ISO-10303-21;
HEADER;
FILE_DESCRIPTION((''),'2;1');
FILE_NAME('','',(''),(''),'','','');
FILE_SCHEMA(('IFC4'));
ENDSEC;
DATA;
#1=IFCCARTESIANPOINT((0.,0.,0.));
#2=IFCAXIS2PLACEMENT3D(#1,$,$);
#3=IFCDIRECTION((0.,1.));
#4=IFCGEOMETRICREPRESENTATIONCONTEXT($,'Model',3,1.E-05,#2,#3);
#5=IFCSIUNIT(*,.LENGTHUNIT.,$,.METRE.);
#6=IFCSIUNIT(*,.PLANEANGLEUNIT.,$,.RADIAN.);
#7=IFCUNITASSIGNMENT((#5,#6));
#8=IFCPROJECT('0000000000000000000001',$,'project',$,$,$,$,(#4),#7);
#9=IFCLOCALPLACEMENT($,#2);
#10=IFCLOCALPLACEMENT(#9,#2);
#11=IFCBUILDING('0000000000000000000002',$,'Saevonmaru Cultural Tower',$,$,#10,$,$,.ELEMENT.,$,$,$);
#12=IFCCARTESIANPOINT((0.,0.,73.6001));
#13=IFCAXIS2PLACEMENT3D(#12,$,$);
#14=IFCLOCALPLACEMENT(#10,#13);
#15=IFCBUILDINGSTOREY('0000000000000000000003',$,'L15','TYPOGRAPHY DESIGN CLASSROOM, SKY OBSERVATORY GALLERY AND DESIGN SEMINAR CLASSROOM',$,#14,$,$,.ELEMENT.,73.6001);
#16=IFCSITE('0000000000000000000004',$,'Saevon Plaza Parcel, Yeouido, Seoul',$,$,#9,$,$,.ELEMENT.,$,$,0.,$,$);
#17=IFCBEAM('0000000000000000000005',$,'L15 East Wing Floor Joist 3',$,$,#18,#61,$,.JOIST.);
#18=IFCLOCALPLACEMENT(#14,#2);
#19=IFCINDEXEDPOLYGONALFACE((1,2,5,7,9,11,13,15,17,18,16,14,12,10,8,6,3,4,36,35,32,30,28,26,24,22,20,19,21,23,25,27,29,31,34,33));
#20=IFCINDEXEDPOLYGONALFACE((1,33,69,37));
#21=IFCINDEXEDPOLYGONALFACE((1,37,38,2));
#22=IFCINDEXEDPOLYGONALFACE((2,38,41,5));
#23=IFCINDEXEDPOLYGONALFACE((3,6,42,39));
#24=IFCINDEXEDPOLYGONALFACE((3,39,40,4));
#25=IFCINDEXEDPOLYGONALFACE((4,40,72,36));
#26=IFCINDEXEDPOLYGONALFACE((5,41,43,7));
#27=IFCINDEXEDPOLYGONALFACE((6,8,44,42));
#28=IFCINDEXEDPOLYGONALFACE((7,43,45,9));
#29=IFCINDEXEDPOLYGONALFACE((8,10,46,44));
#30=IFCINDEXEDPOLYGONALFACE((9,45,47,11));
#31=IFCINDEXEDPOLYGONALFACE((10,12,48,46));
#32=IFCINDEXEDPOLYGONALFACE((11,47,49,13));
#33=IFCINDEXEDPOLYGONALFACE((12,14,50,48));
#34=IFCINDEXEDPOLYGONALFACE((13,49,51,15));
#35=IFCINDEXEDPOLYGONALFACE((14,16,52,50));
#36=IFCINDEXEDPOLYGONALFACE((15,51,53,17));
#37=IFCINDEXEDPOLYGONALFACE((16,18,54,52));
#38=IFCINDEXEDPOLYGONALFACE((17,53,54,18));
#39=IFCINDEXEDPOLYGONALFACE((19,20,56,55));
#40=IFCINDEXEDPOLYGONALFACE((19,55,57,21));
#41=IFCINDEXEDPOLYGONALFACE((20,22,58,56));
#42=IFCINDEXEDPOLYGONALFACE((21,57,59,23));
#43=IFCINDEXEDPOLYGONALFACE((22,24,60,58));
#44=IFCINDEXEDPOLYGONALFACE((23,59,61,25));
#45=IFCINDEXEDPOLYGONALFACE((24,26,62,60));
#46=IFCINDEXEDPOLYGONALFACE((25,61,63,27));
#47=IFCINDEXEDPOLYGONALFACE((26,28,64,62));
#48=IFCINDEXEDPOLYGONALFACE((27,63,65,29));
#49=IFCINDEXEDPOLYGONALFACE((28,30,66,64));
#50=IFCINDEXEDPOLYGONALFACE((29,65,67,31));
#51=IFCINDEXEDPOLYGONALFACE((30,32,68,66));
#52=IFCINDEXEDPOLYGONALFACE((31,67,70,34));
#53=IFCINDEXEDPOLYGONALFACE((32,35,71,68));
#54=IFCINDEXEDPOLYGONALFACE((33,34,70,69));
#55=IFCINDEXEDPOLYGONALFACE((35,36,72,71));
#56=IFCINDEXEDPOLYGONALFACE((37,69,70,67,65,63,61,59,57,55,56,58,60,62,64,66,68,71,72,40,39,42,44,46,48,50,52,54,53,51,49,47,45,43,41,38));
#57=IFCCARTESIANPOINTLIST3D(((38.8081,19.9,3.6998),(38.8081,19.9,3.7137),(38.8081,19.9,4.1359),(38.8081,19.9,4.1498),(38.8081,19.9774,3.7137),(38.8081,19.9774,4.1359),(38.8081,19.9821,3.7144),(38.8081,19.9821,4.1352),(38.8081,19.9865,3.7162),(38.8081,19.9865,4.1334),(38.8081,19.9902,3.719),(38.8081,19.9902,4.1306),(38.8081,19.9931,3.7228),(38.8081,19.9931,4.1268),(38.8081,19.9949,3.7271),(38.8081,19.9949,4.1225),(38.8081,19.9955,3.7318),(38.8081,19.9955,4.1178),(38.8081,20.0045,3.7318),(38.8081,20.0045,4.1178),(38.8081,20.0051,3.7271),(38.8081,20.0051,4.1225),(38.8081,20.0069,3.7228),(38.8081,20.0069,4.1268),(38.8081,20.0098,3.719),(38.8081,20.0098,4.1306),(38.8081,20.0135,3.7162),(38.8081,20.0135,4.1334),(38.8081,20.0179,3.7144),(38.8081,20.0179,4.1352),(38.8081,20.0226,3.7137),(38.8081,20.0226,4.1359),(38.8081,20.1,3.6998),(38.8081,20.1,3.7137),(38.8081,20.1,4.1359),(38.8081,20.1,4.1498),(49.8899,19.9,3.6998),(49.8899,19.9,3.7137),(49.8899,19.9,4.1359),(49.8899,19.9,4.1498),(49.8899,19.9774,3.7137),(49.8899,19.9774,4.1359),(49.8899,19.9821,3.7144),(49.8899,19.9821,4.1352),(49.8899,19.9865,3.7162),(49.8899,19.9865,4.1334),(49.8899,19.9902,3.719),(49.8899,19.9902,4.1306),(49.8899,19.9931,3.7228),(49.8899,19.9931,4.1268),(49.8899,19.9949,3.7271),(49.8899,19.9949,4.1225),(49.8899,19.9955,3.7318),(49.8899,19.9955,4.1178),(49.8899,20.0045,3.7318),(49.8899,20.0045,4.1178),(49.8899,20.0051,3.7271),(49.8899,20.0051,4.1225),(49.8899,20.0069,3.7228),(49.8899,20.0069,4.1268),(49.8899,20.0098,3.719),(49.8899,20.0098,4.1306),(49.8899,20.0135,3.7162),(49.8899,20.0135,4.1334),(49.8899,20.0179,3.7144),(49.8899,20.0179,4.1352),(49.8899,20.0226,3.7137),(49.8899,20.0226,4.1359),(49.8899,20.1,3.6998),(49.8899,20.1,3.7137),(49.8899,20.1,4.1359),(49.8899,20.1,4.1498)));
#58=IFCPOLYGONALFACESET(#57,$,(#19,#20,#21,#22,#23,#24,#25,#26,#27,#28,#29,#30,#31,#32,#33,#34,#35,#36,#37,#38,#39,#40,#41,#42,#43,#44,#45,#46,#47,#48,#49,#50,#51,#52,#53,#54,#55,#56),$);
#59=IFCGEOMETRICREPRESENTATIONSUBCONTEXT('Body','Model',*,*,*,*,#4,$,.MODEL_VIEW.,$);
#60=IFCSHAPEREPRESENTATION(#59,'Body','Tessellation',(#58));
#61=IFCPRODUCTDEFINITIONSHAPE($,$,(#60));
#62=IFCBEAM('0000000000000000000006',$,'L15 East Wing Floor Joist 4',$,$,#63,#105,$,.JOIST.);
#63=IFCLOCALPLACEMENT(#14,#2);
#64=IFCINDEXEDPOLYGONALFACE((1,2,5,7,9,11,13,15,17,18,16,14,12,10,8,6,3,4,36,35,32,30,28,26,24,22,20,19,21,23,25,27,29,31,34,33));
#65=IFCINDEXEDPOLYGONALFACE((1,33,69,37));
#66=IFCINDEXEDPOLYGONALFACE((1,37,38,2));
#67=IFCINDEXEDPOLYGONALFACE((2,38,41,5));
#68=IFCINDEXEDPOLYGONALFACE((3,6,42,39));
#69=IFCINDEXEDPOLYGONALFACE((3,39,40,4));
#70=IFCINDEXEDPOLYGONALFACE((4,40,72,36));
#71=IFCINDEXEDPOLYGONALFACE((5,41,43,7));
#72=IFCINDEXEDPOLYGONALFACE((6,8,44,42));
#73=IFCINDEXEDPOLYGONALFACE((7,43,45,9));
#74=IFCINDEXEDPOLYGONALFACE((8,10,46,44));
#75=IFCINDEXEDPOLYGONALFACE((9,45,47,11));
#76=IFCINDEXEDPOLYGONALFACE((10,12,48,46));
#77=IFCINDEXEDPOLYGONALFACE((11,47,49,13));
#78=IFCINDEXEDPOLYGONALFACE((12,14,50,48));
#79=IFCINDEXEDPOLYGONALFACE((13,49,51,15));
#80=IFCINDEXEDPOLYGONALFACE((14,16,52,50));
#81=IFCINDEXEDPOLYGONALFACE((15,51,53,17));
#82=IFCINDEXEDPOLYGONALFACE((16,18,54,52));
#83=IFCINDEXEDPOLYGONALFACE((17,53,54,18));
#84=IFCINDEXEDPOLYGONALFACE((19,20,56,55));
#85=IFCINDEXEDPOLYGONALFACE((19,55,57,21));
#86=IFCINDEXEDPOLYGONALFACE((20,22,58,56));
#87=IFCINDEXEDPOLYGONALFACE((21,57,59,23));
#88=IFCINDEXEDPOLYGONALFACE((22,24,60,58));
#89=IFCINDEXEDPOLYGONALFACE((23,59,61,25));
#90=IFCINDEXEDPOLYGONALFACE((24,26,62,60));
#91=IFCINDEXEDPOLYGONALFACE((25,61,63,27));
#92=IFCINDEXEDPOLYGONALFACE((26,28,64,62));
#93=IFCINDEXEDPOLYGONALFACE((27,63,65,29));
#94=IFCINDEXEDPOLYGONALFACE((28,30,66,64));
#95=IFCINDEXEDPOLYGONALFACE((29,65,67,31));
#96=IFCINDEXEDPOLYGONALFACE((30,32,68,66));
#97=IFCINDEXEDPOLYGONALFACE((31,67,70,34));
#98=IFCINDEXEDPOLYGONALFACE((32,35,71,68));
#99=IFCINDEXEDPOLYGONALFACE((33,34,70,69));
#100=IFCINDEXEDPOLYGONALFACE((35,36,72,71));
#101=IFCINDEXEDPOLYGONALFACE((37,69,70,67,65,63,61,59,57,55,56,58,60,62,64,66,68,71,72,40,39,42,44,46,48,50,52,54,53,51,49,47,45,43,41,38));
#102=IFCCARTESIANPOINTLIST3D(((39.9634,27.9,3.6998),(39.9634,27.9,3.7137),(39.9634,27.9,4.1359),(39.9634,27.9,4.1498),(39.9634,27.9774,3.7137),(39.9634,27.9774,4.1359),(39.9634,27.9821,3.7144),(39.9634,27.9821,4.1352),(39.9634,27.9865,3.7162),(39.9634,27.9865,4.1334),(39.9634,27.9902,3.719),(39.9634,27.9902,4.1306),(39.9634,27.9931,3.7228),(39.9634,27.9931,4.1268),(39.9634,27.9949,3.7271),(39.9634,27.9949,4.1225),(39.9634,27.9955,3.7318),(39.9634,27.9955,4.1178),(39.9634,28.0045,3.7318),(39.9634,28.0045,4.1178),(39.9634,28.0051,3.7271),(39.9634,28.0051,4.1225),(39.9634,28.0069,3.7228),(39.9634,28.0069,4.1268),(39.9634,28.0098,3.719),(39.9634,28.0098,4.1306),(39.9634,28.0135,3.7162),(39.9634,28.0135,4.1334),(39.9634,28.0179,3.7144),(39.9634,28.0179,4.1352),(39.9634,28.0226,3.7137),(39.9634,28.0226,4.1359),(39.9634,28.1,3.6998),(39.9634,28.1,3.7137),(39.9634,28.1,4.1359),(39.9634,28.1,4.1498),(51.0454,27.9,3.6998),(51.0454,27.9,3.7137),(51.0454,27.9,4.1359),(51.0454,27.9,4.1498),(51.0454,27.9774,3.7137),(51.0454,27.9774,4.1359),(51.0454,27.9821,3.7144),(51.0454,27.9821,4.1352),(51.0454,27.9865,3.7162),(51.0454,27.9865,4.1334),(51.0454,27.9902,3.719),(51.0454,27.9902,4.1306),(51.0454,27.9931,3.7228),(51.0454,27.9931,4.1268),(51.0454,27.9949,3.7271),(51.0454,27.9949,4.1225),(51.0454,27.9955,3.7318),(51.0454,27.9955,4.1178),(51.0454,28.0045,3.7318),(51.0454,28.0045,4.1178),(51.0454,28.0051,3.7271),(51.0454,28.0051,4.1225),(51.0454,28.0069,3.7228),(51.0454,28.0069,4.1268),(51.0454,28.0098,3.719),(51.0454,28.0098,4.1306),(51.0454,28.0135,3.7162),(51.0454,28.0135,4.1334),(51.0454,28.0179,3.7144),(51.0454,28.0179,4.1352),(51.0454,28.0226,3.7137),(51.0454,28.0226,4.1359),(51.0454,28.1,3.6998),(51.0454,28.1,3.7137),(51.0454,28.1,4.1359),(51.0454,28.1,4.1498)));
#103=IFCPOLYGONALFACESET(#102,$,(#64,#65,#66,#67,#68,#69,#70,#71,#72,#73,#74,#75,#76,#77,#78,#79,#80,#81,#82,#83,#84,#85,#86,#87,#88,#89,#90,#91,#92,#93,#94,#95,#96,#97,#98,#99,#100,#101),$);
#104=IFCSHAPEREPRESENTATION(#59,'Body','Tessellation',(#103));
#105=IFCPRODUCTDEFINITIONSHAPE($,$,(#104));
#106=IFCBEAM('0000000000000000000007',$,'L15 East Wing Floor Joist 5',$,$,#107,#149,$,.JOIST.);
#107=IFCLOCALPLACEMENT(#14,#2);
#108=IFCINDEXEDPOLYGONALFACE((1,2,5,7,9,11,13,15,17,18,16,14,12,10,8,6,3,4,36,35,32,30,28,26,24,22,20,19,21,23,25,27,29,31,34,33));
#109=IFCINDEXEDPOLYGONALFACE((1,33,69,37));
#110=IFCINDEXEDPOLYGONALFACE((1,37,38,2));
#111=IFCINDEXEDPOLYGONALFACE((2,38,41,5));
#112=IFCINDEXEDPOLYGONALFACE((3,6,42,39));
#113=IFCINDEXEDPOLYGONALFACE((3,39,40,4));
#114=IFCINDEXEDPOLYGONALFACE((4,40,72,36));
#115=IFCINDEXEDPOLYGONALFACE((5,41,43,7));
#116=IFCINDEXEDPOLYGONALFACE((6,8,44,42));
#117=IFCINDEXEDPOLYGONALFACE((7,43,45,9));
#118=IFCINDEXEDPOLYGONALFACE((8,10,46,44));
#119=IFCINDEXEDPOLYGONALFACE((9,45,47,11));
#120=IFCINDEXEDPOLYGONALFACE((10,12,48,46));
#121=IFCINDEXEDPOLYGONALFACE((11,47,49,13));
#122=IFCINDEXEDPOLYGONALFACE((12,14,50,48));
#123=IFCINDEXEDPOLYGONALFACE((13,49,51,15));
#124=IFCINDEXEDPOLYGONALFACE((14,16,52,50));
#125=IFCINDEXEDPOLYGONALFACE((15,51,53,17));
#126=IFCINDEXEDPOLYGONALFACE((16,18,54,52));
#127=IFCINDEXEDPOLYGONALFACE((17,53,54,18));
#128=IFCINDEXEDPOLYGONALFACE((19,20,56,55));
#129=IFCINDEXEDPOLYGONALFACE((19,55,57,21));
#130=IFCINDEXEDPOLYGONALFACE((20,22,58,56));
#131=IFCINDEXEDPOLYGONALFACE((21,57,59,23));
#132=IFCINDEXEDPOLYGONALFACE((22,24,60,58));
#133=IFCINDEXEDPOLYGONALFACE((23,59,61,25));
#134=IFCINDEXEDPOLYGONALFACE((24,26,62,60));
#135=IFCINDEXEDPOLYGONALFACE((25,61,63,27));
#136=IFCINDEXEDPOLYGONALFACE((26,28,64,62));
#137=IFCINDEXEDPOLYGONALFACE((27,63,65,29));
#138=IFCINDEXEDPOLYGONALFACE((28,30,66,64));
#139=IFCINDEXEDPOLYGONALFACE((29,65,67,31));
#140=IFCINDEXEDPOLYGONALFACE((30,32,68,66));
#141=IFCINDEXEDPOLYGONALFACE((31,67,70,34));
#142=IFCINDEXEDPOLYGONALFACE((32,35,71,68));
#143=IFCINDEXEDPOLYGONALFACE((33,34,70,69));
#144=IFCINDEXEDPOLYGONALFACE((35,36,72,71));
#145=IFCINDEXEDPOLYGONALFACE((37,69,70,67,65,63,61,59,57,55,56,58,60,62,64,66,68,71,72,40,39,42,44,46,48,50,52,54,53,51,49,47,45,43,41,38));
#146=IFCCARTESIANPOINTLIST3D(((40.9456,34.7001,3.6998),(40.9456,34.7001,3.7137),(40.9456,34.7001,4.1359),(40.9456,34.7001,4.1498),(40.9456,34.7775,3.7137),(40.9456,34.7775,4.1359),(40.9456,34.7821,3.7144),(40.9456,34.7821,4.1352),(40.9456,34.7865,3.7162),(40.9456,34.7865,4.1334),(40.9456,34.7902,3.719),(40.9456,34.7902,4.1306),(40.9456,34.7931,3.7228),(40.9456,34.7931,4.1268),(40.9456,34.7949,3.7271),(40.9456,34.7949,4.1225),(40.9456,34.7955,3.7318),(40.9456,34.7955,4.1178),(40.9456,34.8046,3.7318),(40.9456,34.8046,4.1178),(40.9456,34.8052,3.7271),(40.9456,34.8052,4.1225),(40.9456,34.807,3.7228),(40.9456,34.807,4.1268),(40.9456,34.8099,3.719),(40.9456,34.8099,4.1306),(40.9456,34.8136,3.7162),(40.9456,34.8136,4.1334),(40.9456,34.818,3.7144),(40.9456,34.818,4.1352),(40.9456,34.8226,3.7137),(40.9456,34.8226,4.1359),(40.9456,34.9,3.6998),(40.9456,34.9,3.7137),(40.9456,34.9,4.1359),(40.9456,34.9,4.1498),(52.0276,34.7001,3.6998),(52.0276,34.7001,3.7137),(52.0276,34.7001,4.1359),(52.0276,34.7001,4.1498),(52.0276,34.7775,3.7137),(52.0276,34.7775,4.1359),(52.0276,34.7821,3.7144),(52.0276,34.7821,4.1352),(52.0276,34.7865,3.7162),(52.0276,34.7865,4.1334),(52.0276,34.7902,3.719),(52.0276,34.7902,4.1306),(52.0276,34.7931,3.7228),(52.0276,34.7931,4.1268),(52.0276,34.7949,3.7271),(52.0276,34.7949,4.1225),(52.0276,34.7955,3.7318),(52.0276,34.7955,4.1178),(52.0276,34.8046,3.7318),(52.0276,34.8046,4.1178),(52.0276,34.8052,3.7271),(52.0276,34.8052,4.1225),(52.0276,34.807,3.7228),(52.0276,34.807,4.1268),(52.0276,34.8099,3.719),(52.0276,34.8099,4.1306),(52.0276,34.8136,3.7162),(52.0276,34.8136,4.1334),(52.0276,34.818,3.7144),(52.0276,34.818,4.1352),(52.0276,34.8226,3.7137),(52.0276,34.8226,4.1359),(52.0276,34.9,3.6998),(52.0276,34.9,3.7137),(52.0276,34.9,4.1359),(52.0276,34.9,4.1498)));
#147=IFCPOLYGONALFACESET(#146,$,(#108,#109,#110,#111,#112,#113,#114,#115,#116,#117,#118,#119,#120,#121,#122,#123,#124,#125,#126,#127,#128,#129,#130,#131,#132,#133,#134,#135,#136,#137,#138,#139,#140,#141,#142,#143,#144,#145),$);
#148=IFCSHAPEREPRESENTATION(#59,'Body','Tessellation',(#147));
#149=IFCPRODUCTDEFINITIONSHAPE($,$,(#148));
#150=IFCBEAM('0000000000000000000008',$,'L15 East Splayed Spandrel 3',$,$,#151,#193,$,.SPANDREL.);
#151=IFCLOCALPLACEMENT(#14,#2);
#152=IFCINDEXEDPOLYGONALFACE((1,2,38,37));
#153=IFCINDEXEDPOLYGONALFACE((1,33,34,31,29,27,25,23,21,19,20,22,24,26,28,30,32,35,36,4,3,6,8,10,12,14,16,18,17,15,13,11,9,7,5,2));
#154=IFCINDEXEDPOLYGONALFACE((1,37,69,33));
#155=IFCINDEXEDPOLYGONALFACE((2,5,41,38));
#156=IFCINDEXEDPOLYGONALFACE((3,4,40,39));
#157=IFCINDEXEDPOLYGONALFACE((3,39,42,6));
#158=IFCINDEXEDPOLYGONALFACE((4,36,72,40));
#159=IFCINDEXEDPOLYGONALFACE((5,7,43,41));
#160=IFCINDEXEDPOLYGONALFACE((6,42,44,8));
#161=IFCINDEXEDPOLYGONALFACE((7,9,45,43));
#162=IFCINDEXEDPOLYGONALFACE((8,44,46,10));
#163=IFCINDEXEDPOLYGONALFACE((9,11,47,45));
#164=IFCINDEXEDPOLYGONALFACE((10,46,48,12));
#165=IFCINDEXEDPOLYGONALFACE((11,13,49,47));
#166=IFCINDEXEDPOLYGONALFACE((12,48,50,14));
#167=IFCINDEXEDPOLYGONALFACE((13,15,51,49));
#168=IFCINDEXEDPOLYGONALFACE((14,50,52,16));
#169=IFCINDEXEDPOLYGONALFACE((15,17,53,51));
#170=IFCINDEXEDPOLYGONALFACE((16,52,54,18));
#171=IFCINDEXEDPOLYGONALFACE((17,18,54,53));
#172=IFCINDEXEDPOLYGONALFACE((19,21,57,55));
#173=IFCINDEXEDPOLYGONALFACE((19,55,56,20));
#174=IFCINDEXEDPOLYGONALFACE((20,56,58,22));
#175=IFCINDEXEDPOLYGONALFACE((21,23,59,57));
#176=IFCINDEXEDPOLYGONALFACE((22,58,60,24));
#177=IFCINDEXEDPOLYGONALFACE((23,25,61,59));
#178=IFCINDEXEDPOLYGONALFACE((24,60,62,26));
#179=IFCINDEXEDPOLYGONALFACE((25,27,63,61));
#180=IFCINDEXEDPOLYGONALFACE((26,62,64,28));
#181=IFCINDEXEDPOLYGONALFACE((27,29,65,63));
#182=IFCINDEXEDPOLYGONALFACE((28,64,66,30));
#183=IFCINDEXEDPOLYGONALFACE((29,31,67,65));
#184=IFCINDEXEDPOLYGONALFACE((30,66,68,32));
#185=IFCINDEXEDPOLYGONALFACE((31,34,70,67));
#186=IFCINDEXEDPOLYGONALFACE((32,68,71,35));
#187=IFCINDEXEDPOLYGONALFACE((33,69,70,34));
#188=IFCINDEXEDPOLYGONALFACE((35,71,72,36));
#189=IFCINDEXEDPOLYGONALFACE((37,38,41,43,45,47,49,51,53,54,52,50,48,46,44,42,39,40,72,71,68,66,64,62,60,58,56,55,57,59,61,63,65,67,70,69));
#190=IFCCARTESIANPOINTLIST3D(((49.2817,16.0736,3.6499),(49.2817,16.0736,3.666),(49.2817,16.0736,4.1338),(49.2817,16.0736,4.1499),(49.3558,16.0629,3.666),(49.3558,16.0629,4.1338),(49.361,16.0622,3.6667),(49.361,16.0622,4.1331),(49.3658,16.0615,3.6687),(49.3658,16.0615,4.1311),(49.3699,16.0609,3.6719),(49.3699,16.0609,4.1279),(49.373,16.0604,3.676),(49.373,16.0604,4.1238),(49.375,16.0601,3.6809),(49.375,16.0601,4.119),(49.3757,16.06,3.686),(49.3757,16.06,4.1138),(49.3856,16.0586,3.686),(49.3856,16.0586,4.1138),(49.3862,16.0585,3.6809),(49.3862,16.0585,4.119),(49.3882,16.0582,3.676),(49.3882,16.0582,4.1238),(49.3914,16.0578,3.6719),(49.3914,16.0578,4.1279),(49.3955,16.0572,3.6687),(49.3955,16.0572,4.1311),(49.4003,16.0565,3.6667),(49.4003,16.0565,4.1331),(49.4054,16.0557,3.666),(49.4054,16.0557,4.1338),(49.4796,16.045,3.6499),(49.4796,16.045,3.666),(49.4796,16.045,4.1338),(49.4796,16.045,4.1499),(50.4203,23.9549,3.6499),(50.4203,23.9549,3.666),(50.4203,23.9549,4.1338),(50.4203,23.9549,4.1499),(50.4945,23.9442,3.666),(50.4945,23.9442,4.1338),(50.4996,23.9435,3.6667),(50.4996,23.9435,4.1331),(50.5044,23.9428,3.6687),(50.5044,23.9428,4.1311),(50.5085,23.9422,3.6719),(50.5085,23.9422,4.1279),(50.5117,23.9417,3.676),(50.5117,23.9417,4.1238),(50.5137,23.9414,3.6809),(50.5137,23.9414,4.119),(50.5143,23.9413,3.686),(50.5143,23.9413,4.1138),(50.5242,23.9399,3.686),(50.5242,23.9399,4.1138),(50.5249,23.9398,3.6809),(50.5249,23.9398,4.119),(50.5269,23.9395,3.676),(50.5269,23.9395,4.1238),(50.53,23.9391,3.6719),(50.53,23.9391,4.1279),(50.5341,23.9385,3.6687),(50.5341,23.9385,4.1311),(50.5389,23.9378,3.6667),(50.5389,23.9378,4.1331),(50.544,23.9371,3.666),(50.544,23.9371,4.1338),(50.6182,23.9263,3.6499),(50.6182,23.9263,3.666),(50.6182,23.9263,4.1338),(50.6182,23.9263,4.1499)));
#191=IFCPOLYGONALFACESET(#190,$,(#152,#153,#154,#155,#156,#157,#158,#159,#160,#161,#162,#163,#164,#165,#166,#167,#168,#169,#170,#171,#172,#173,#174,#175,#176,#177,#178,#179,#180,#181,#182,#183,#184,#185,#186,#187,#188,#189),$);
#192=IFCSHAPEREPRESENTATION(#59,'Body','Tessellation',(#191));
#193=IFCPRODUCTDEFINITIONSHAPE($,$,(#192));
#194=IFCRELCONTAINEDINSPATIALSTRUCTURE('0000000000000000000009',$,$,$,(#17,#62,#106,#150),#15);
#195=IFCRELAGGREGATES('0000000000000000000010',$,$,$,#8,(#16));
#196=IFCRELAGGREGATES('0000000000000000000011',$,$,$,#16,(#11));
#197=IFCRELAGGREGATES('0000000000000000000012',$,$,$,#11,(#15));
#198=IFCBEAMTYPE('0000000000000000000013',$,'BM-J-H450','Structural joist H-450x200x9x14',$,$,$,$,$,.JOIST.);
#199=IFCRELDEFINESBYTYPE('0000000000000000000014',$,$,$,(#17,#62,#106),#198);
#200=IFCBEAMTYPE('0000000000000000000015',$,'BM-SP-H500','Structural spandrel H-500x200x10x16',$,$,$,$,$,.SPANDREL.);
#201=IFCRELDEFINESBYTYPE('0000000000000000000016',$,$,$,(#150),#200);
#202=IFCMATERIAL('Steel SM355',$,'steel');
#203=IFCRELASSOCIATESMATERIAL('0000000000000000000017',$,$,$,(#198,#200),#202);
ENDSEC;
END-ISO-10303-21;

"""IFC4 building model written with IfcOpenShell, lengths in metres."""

from ifc_helpers import new_model, si_unit, direction, frame, origin, origin_2d, place, context, subcontext, project, spatial, i_section, extrude, material, material_profile, profile_set, type_object, element, save


model = new_model("IFC4")

# Units and contexts
model_context = context("Model", 3, precision=1e-05, world=origin(), true_north=direction((0.0, 1.0)))
body_context = subcontext(model_context, "Body", "Model", "MODEL_VIEW")
ifc_project = project(units=[si_unit("LENGTHUNIT", "METRE"), si_unit("PLANEANGLEUNIT", "RADIAN")], contexts=[model_context])

# Site, building, storey
site_placement = place(None, origin())
site = spatial("IfcSite", under=ifc_project, at=site_placement, Name="Saevon Plaza Parcel, Yeouido, Seoul", CompositionType="ELEMENT", RefElevation=0.0)
building_placement = place(site_placement, origin())
building = spatial("IfcBuilding", under=site, at=building_placement, Name="Saevonmaru Cultural Tower", CompositionType="ELEMENT")
storey_placement = place(building_placement, frame((0.0, 0.0, 73.6001)))
storey = spatial("IfcBuildingStorey", under=building, at=storey_placement, Name="L15", Description="TYPOGRAPHY DESIGN CLASSROOM, SKY OBSERVATORY GALLERY AND DESIGN SEMINAR CLASSROOM", CompositionType="ELEMENT", Elevation=73.6001)

# Beams
ifc_material_1 = material(Name="Steel SM355", Category="steel")
ifc_material_profile_1 = material_profile(ifc_material_1, i_section(OverallWidth=0.2, OverallDepth=0.45, WebThickness=0.009, FlangeThickness=0.0139, FilletRadius=0.0181, at=origin_2d()), Name="H-450x200x9x14")
ifc_profile_set_1 = profile_set([ifc_material_profile_1], Name="Steel SM355")
beam_type_1 = type_object("IfcBeamType", Name="BM-J-H450", Description="Structural joist H-450x200x9x14", PredefinedType="JOIST", material=ifc_profile_set_1)
beam_1_placement = place(storey_placement, frame((38.8081, 20.0, 3.9248), z_axis=(1.0, 0.0, 0.0), x_axis=(0.0, 1.0, 0.0)))
element("IfcBeam", 1, at=beam_1_placement, inside=storey, type_object=beam_type_1, Name="L15 East Wing Floor Joist 3", PredefinedType="JOIST", context=body_context, shape_type="SweptSolid", body=[
    extrude(i_section(OverallWidth=0.2, OverallDepth=0.45, WebThickness=0.009, FlangeThickness=0.0139, FilletRadius=0.0181, at=origin_2d()), origin(), (0.0, 0.0, 1.0), 11.0818),
])
for number, where, z_axis, x_axis, name in (
    (2, (39.9634, 28.0, 3.9248), (1.0, 0.0, 0.0), (0.0, 1.0, 0.0), "L15 East Wing Floor Joist 4"),
    (3, (40.9456, 34.8, 3.9248), (1.0, 0.0, 0.0), (0.0, 1.0, 0.0), "L15 East Wing Floor Joist 5"),
):
    element("IfcBeam", number, at=place(storey_placement, frame(where, z_axis=z_axis, x_axis=x_axis)), inside=storey, type_object=beam_type_1, Name=name, PredefinedType="JOIST", context=body_context, shape_type="SweptSolid", body=[
        extrude(i_section(OverallWidth=0.2, OverallDepth=0.45, WebThickness=0.009, FlangeThickness=0.0139, FilletRadius=0.0181, at=origin_2d()), origin(), (0.0, 0.0, 1.0), 11.082),
    ])
ifc_material_profile_2 = material_profile(ifc_material_1, i_section(OverallWidth=0.2, OverallDepth=0.5, WebThickness=0.01, FlangeThickness=0.0161, FilletRadius=0.02, at=origin_2d()), Name="H-500x200x10x16")
ifc_profile_set_2 = profile_set([ifc_material_profile_2], Name="Steel SM355")
beam_type_2 = type_object("IfcBeamType", Name="BM-SP-H500", Description="Structural spandrel H-500x200x10x16", PredefinedType="SPANDREL", material=ifc_profile_set_2)
beam_2_placement = place(storey_placement, frame((49.3806, 16.0593, 3.8999), z_axis=(0.142992, 0.989724, 0.0), x_axis=(-0.989724, 0.142992, 0.0)))
element("IfcBeam", 4, at=beam_2_placement, inside=storey, type_object=beam_type_2, Name="L15 East Splayed Spandrel 3", PredefinedType="SPANDREL", context=body_context, shape_type="SweptSolid", body=[
    extrude(i_section(OverallWidth=0.2, OverallDepth=0.5, WebThickness=0.01, FlangeThickness=0.0161, FilletRadius=0.02, at=origin_2d()), origin(), (0.0, 0.0, 1.0), 7.9631),
])

save(model, "model.ifc")
